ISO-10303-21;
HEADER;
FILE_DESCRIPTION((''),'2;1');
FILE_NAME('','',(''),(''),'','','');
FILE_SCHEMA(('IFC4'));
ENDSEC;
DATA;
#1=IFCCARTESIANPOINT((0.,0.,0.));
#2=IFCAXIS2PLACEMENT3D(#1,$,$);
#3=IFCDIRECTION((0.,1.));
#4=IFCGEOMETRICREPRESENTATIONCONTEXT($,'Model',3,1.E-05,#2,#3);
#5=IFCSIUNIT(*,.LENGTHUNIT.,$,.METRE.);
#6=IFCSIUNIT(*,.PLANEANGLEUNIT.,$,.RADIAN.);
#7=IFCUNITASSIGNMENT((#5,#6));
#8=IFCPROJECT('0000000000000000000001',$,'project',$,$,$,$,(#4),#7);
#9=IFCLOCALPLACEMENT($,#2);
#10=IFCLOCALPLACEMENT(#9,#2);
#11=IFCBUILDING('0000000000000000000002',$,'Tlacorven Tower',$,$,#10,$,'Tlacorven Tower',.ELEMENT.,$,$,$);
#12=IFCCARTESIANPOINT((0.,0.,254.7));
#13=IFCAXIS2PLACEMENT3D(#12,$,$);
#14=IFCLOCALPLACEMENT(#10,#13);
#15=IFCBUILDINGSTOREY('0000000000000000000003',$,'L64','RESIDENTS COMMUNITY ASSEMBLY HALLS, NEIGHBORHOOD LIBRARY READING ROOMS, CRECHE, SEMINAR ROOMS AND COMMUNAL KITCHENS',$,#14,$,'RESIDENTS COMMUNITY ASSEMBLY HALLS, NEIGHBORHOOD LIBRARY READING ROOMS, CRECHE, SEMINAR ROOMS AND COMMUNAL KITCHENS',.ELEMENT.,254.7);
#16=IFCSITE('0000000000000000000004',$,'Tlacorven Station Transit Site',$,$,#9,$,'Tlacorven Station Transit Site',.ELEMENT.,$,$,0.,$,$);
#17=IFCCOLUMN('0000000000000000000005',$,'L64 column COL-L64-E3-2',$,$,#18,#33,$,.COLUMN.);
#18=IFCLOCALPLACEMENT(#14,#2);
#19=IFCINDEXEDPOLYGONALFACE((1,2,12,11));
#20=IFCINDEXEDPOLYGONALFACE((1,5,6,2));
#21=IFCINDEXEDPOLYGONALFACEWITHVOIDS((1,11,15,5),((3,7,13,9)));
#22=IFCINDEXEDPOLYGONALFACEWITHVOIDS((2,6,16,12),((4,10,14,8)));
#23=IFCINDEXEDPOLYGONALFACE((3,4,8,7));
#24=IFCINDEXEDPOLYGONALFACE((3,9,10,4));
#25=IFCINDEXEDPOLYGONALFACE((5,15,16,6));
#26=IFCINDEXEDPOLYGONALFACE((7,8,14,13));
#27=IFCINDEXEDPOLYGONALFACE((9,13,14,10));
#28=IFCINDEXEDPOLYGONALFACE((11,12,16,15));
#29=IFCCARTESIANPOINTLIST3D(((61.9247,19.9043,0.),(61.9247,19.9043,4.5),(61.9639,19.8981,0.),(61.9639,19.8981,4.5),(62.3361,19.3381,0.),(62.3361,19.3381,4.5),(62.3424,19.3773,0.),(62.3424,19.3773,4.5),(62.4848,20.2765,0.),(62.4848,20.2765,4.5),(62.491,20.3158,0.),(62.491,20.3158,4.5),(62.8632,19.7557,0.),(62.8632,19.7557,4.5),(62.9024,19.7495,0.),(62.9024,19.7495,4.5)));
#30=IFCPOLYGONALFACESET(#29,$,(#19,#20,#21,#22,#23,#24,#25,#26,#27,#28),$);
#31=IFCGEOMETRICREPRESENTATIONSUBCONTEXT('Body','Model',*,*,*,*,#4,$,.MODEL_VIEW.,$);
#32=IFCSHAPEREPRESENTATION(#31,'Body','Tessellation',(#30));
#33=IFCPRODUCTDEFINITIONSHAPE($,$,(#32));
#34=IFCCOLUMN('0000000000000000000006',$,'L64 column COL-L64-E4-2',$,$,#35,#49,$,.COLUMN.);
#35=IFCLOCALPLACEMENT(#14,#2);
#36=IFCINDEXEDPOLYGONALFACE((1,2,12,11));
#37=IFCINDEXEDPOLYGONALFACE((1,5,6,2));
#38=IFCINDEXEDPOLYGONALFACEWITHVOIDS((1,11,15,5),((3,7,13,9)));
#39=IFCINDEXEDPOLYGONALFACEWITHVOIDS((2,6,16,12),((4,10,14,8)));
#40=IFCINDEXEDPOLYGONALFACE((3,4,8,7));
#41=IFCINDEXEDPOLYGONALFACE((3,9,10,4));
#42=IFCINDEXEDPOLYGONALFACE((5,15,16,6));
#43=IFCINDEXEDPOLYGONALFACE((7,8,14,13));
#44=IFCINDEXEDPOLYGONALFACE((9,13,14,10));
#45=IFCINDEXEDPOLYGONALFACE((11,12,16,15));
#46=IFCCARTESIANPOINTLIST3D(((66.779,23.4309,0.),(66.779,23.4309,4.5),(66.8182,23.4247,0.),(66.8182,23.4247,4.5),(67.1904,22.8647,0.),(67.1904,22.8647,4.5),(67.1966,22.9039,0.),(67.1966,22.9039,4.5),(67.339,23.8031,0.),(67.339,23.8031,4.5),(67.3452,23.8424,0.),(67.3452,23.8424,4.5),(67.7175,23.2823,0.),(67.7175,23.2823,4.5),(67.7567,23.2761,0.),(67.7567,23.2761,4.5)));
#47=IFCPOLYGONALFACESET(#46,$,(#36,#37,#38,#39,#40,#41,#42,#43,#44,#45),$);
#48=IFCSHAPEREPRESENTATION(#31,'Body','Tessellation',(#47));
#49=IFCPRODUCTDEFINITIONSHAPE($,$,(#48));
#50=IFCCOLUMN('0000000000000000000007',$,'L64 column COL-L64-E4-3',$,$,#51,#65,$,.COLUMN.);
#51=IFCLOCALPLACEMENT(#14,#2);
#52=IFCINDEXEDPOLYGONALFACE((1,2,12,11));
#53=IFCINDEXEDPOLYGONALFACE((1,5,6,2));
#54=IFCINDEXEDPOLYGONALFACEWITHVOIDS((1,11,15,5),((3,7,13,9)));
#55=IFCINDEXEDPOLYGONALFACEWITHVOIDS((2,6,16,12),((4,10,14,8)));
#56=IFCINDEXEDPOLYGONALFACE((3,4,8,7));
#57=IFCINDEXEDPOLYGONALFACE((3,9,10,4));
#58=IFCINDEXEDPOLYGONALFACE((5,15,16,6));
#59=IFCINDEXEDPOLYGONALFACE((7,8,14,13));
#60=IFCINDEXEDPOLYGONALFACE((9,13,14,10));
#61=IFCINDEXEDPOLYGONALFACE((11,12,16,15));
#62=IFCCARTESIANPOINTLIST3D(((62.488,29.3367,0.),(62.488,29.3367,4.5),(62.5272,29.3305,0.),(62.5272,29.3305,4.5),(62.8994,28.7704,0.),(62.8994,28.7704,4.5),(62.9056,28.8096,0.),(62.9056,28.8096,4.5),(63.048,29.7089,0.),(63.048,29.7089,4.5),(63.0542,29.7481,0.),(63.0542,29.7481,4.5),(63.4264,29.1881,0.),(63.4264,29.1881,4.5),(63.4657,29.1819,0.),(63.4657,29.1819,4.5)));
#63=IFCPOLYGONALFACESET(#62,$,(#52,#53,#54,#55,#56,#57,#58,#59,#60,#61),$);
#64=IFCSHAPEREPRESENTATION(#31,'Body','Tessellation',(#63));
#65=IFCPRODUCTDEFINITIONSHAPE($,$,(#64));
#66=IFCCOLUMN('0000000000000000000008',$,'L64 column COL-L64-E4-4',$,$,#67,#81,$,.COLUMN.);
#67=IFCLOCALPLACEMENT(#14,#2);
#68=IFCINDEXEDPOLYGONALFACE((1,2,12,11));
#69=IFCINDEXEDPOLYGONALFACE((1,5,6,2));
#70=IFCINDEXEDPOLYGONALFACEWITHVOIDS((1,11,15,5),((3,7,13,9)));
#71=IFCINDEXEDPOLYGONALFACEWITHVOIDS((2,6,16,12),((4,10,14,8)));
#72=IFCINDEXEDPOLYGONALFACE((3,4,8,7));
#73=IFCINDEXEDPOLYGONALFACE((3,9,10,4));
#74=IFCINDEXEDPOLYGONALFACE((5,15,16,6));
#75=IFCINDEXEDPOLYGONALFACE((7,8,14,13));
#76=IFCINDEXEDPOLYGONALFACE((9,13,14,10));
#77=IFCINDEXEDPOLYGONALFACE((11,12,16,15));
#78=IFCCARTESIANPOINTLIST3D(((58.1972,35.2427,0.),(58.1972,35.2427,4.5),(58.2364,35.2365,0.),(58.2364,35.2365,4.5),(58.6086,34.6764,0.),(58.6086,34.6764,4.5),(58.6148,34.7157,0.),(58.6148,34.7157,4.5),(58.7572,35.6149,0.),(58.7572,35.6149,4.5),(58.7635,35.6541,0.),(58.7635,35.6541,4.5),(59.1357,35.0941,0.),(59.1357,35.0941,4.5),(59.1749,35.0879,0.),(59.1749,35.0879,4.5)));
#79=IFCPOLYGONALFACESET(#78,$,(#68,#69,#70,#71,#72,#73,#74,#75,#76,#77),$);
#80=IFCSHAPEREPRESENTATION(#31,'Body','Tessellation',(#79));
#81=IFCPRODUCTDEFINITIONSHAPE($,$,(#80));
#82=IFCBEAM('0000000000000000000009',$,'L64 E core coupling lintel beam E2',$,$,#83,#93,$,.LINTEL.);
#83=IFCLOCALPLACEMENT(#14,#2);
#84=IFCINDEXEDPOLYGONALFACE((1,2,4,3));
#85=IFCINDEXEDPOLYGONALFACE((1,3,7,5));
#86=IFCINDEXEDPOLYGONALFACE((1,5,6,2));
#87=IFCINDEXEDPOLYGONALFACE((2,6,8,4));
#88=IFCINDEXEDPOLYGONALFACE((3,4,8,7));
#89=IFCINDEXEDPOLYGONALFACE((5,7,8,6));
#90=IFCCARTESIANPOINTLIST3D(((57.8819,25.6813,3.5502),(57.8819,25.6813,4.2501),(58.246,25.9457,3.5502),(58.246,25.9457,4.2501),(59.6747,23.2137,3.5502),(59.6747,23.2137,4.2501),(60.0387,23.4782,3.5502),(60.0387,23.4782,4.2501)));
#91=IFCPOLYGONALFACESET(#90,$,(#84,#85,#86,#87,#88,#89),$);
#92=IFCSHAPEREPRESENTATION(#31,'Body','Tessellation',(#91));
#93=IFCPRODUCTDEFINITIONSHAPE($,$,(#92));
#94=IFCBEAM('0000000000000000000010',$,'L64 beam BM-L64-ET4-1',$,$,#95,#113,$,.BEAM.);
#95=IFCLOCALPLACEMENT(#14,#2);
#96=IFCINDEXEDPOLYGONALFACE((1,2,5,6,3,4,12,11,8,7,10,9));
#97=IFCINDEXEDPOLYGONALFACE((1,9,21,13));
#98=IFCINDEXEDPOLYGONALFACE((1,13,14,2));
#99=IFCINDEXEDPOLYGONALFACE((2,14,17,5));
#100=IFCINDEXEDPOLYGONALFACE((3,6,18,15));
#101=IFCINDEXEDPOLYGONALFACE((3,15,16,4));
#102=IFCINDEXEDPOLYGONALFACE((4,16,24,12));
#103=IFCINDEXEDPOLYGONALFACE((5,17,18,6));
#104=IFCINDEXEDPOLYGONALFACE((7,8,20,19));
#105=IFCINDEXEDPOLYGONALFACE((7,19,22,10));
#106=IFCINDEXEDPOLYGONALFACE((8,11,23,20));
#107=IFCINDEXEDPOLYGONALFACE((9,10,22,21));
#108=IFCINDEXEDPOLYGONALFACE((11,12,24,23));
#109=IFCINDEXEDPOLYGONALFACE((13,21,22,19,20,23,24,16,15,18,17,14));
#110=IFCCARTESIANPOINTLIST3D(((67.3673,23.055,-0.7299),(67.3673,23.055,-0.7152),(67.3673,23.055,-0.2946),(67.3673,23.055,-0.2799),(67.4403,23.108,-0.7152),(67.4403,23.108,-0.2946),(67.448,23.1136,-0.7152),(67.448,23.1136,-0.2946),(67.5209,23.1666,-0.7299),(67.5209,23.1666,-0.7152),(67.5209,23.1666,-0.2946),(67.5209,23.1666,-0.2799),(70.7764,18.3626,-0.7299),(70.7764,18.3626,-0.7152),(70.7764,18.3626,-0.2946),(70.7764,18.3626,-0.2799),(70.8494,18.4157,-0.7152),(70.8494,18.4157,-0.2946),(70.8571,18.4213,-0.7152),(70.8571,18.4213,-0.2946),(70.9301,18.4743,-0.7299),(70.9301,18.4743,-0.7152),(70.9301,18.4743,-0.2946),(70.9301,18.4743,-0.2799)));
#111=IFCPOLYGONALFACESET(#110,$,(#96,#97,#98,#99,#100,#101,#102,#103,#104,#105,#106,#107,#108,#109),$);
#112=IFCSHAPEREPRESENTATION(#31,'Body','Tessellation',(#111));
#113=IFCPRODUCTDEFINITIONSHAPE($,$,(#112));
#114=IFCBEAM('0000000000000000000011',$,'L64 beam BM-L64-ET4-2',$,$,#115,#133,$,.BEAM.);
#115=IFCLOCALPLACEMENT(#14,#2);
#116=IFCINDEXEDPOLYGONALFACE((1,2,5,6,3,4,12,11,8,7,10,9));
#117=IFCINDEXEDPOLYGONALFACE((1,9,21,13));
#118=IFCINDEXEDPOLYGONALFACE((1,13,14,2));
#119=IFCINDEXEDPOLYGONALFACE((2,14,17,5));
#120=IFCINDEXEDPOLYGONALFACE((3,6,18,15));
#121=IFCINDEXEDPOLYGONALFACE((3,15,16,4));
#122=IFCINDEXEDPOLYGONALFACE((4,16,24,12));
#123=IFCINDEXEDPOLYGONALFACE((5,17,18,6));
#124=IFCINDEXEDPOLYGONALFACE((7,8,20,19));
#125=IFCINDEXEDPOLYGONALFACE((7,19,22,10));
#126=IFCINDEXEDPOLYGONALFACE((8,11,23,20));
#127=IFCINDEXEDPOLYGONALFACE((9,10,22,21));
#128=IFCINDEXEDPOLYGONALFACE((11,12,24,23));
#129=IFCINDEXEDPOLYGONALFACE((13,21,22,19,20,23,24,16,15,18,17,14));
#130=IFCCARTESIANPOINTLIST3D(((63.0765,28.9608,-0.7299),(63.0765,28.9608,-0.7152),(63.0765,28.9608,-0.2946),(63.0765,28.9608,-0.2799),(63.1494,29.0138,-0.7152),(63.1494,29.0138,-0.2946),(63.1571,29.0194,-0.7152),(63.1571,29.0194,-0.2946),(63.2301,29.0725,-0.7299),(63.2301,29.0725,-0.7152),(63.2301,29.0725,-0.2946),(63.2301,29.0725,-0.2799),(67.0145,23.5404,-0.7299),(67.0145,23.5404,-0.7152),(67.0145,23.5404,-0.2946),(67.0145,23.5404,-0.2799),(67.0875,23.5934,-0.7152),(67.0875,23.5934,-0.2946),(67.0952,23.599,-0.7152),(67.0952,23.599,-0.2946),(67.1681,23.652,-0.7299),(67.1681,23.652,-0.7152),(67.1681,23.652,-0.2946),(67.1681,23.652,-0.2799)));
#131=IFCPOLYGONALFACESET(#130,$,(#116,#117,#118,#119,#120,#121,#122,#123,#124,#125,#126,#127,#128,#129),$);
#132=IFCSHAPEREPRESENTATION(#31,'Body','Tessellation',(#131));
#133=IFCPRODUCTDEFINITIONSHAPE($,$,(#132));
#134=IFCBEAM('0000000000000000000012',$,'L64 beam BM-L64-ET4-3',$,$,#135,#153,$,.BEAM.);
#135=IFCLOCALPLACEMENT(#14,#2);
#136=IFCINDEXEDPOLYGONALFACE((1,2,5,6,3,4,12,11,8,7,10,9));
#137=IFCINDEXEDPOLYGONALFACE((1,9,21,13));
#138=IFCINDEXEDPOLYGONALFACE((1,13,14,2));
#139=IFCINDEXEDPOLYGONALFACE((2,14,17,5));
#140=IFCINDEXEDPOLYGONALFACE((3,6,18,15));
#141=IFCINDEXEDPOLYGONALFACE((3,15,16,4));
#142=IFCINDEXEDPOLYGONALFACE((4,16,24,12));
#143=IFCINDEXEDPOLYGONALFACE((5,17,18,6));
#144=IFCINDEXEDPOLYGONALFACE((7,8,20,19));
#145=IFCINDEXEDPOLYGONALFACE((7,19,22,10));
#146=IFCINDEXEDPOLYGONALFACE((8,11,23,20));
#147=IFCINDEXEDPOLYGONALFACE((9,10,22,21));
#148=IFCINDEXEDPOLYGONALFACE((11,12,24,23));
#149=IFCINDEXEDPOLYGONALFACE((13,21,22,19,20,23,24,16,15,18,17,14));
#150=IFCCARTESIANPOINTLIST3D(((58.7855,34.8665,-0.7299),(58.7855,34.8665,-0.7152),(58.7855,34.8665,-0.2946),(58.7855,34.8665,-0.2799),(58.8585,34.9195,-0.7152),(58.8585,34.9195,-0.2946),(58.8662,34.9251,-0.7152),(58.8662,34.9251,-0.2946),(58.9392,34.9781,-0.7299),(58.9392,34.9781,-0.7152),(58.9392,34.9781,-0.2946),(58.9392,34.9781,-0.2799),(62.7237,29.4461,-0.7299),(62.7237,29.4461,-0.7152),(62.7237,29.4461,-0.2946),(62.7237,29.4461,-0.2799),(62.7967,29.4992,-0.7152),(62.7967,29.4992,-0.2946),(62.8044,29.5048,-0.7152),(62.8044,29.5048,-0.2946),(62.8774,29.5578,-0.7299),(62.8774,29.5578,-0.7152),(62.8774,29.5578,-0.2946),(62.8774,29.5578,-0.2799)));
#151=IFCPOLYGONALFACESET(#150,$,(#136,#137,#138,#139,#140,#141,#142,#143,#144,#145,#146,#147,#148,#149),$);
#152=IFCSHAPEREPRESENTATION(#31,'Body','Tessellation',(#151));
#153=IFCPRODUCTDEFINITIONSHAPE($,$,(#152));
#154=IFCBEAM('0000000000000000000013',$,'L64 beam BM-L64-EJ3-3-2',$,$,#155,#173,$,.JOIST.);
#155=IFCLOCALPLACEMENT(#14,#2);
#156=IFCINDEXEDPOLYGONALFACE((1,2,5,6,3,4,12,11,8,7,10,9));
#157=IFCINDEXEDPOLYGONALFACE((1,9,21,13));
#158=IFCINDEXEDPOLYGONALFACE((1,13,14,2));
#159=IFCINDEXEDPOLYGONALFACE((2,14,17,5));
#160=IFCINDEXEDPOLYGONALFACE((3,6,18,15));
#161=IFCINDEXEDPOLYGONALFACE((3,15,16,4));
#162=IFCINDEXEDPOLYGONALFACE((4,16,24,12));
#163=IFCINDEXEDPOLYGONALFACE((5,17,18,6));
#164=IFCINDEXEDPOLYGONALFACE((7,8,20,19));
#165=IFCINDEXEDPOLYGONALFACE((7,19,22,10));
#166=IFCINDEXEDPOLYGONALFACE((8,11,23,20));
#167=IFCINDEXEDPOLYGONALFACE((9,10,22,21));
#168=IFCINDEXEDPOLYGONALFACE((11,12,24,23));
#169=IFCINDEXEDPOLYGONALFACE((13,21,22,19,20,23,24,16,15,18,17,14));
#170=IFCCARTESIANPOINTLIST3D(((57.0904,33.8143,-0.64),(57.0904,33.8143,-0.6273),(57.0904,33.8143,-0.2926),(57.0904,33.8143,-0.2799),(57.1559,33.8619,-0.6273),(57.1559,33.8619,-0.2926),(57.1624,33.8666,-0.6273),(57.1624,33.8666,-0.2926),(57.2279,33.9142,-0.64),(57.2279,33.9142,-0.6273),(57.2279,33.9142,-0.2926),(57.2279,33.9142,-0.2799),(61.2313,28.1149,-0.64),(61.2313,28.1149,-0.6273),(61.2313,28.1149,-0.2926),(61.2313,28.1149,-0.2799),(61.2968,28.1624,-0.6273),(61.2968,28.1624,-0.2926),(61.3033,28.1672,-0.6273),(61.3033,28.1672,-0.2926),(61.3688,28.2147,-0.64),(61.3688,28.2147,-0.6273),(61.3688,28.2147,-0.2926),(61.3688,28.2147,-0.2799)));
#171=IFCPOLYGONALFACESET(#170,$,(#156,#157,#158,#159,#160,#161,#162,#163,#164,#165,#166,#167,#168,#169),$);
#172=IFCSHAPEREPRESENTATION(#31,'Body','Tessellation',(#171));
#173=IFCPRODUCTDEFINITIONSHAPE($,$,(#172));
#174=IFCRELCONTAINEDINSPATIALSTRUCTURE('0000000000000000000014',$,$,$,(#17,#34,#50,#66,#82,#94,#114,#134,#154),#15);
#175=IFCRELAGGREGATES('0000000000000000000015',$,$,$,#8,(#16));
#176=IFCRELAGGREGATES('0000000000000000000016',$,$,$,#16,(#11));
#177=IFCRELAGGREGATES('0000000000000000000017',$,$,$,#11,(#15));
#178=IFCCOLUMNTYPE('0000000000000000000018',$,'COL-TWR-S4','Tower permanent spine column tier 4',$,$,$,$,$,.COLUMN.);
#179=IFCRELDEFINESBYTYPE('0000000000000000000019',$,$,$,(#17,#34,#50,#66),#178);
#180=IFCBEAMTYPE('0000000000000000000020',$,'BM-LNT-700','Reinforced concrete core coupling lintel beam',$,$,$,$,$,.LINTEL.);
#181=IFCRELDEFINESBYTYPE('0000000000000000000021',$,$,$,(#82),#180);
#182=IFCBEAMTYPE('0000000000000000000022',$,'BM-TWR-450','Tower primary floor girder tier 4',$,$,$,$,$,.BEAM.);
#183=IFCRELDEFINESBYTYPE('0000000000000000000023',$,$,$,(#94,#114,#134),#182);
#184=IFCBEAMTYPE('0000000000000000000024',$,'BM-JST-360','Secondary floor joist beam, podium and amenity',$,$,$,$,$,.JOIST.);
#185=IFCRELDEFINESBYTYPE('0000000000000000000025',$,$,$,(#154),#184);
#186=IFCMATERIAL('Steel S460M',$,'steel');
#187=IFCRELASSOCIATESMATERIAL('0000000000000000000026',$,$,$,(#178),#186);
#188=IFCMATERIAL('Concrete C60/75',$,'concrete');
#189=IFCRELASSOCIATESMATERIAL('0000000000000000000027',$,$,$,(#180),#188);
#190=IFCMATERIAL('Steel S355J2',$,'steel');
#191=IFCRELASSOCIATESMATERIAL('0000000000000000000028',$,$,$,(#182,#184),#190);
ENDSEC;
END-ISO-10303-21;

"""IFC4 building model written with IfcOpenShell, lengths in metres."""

from ifc_helpers import new_model, si_unit, direction, frame, origin, origin_2d, place, context, subcontext, project, spatial, rectangle, hollow_rectangle, i_section, extrude, source, transform, mapped, material, material_profile, profile_set, type_object, element, save


model = new_model("IFC4")

# Units and contexts
model_context = context("Model", 3, precision=1e-05, world=origin(), true_north=direction((0.0, 1.0)))
body_context = subcontext(model_context, "Body", "Model", "MODEL_VIEW")
ifc_project = project(units=[si_unit("LENGTHUNIT", "METRE"), si_unit("PLANEANGLEUNIT", "RADIAN")], contexts=[model_context])

# Site, building, storey
site_placement = place(None, origin())
site = spatial("IfcSite", under=ifc_project, at=site_placement, Name="Tlacorven Station Transit Site", LongName="Tlacorven Station Transit Site", CompositionType="ELEMENT", RefElevation=0.0)
building_placement = place(site_placement, origin())
building = spatial("IfcBuilding", under=site, at=building_placement, Name="Tlacorven Tower", LongName="Tlacorven Tower", CompositionType="ELEMENT")
storey_placement = place(building_placement, frame((0.0, 0.0, 254.7)))
storey = spatial("IfcBuildingStorey", under=building, at=storey_placement, Name="L64", Description="RESIDENTS COMMUNITY ASSEMBLY HALLS, NEIGHBORHOOD LIBRARY READING ROOMS, CRECHE, SEMINAR ROOMS AND COMMUNAL KITCHENS", LongName="RESIDENTS COMMUNITY ASSEMBLY HALLS, NEIGHBORHOOD LIBRARY READING ROOMS, CRECHE, SEMINAR ROOMS AND COMMUNAL KITCHENS", CompositionType="ELEMENT", Elevation=254.7)

# Columns
ifc_material_1 = material(Name="Steel S460M", Category="steel")
ifc_material_profile_1 = material_profile(ifc_material_1, hollow_rectangle(XDim=0.7, YDim=0.7, WallThickness=0.0281, at=origin_2d()), Name="BOX 700X700X28")
ifc_profile_set_1 = profile_set([ifc_material_profile_1], Name="Steel S460M")
column_type = type_object("IfcColumnType", Name="COL-TWR-S4", Description="Tower permanent spine column tier 4", PredefinedType="COLUMN", material=ifc_profile_set_1)
shared_shape_1 = source(origin(), body_context, "Body", "SweptSolid", [
    extrude(hollow_rectangle(XDim=0.7, YDim=0.7, WallThickness=0.0281, at=origin_2d()), origin(), (0.0, 0.0, 1.0), 4.5),
])
for number, where, z_axis, x_axis, name in (
    (1, (62.4136, 19.8269, 0.0), (0.0, 0.0, 1.0), (0.809017, 0.587785, 0.0), "L64 column COL-L64-E3-2"),
    (2, (67.2678, 23.3535, 0.0), (0.0, 0.0, 1.0), (0.809017, 0.587785, 0.0), "L64 column COL-L64-E4-2"),
    (3, (62.9768, 29.2593, 0.0), (0.0, 0.0, 1.0), (0.809017, 0.587785, 0.0), "L64 column COL-L64-E4-3"),
    (4, (58.686, 35.1653, 0.0), (0.0, 0.0, 1.0), (0.809017, 0.587785, 0.0), "L64 column COL-L64-E4-4"),
):
    element("IfcColumn", number, at=place(storey_placement, frame(where, z_axis=z_axis, x_axis=x_axis)), inside=storey, type_object=column_type, Name=name, PredefinedType="COLUMN", context=body_context, shape_type="MappedRepresentation", body=[
        mapped(shared_shape_1, transform((0.0, 0.0, 0.0), scale=1.0)),
    ])

# Beams
ifc_material_2 = material(Name="Concrete C60/75", Category="concrete")
ifc_material_profile_2 = material_profile(ifc_material_2, rectangle(XDim=0.45, YDim=0.7, at=origin_2d()), Name="RC 450X700")
ifc_profile_set_2 = profile_set([ifc_material_profile_2], Name="Concrete C60/75")
beam_type_1 = type_object("IfcBeamType", Name="BM-LNT-700", Description="Reinforced concrete core coupling lintel beam", PredefinedType="LINTEL", material=ifc_profile_set_2)
shared_shape_2 = source(origin(), body_context, "Body", "SweptSolid", [
    extrude(rectangle(XDim=0.45, YDim=0.7, at=origin_2d()), origin(), (0.0, 0.0, 1.0), 3.05),
])
beam_1_placement = place(storey_placement, frame((59.8567, 23.3459, 3.9001), z_axis=(-0.587777, 0.809023, 0.0), x_axis=(-0.809023, -0.587777, 0.0)))
element("IfcBeam", 5, at=beam_1_placement, inside=storey, type_object=beam_type_1, Name="L64 E core coupling lintel beam E2", PredefinedType="LINTEL", context=body_context, shape_type="MappedRepresentation", body=[
    mapped(shared_shape_2, transform((0.0, 0.0, 0.0), scale=1.0)),
])
ifc_material_3 = material(Name="Steel S355J2", Category="steel")
ifc_material_profile_3 = material_profile(ifc_material_3, i_section(OverallWidth=0.1899, OverallDepth=0.45, WebThickness=0.0095, FlangeThickness=0.0146, at=origin_2d()), Name="IPE 450")
ifc_profile_set_3 = profile_set([ifc_material_profile_3], Name="Steel S355J2")
beam_type_2 = type_object("IfcBeamType", Name="BM-TWR-450", Description="Tower primary floor girder tier 4", PredefinedType="BEAM", material=ifc_profile_set_3)
shared_shape_3 = source(origin(), body_context, "Body", "SweptSolid", [
    extrude(i_section(OverallWidth=0.1899, OverallDepth=0.45, WebThickness=0.0095, FlangeThickness=0.0146, at=origin_2d()), origin(), (0.0, 0.0, 1.0), 5.8),
])
beam_2_placement = place(storey_placement, frame((70.8533, 18.4185, -0.5049), z_axis=(-0.587781, 0.80902, 0.0), x_axis=(-0.80902, -0.587781, 0.0)))
element("IfcBeam", 6, at=beam_2_placement, inside=storey, type_object=beam_type_2, Name="L64 beam BM-L64-ET4-1", PredefinedType="BEAM", context=body_context, shape_type="MappedRepresentation", body=[
    mapped(shared_shape_3, transform((0.0, 0.0, 0.0), scale=1.0)),
])
shared_shape_4 = source(origin(), body_context, "Body", "SweptSolid", [
    extrude(i_section(OverallWidth=0.1899, OverallDepth=0.45, WebThickness=0.0095, FlangeThickness=0.0146, at=origin_2d()), origin(), (0.0, 0.0, 1.0), 6.7),
])
for number, where, z_axis, x_axis, name in (
    (7, (67.0913, 23.5962, -0.5049), (-0.587769, 0.809029, 0.0), (-0.809029, -0.587769, 0.0), "L64 beam BM-L64-ET4-2"),
    (8, (62.8005, 29.502, -0.5049), (-0.587792, 0.809012, 0.0), (-0.809012, -0.587792, 0.0), "L64 beam BM-L64-ET4-3"),
):
    element("IfcBeam", number, at=place(storey_placement, frame(where, z_axis=z_axis, x_axis=x_axis)), inside=storey, type_object=beam_type_2, Name=name, PredefinedType="BEAM", context=body_context, shape_type="MappedRepresentation", body=[
        mapped(shared_shape_4, transform((0.0, 0.0, 0.0), scale=1.0)),
    ])
ifc_material_profile_4 = material_profile(ifc_material_3, i_section(OverallWidth=0.1699, OverallDepth=0.3601, WebThickness=0.0081, FlangeThickness=0.0127, at=origin_2d()), Name="IPE 360")
ifc_profile_set_4 = profile_set([ifc_material_profile_4], Name="Steel S355J2")
beam_type_3 = type_object("IfcBeamType", Name="BM-JST-360", Description="Secondary floor joist beam, podium and amenity", PredefinedType="JOIST", material=ifc_profile_set_4)
shared_shape_5 = source(origin(), body_context, "Body", "SweptSolid", [
    extrude(i_section(OverallWidth=0.1699, OverallDepth=0.3601, WebThickness=0.0081, FlangeThickness=0.0127, at=origin_2d()), origin(), (0.0, 0.0, 1.0), 7.0449),
])
beam_3_placement = place(storey_placement, frame((61.3, 28.1648, -0.46), z_axis=(-0.587782, 0.809019, 0.0), x_axis=(-0.809019, -0.587782, 0.0)))
element("IfcBeam", 9, at=beam_3_placement, inside=storey, type_object=beam_type_3, Name="L64 beam BM-L64-EJ3-3-2", PredefinedType="JOIST", context=body_context, shape_type="MappedRepresentation", body=[
    mapped(shared_shape_5, transform((0.0, 0.0, 0.0), scale=1.0)),
])

save(model, "model.ifc")
